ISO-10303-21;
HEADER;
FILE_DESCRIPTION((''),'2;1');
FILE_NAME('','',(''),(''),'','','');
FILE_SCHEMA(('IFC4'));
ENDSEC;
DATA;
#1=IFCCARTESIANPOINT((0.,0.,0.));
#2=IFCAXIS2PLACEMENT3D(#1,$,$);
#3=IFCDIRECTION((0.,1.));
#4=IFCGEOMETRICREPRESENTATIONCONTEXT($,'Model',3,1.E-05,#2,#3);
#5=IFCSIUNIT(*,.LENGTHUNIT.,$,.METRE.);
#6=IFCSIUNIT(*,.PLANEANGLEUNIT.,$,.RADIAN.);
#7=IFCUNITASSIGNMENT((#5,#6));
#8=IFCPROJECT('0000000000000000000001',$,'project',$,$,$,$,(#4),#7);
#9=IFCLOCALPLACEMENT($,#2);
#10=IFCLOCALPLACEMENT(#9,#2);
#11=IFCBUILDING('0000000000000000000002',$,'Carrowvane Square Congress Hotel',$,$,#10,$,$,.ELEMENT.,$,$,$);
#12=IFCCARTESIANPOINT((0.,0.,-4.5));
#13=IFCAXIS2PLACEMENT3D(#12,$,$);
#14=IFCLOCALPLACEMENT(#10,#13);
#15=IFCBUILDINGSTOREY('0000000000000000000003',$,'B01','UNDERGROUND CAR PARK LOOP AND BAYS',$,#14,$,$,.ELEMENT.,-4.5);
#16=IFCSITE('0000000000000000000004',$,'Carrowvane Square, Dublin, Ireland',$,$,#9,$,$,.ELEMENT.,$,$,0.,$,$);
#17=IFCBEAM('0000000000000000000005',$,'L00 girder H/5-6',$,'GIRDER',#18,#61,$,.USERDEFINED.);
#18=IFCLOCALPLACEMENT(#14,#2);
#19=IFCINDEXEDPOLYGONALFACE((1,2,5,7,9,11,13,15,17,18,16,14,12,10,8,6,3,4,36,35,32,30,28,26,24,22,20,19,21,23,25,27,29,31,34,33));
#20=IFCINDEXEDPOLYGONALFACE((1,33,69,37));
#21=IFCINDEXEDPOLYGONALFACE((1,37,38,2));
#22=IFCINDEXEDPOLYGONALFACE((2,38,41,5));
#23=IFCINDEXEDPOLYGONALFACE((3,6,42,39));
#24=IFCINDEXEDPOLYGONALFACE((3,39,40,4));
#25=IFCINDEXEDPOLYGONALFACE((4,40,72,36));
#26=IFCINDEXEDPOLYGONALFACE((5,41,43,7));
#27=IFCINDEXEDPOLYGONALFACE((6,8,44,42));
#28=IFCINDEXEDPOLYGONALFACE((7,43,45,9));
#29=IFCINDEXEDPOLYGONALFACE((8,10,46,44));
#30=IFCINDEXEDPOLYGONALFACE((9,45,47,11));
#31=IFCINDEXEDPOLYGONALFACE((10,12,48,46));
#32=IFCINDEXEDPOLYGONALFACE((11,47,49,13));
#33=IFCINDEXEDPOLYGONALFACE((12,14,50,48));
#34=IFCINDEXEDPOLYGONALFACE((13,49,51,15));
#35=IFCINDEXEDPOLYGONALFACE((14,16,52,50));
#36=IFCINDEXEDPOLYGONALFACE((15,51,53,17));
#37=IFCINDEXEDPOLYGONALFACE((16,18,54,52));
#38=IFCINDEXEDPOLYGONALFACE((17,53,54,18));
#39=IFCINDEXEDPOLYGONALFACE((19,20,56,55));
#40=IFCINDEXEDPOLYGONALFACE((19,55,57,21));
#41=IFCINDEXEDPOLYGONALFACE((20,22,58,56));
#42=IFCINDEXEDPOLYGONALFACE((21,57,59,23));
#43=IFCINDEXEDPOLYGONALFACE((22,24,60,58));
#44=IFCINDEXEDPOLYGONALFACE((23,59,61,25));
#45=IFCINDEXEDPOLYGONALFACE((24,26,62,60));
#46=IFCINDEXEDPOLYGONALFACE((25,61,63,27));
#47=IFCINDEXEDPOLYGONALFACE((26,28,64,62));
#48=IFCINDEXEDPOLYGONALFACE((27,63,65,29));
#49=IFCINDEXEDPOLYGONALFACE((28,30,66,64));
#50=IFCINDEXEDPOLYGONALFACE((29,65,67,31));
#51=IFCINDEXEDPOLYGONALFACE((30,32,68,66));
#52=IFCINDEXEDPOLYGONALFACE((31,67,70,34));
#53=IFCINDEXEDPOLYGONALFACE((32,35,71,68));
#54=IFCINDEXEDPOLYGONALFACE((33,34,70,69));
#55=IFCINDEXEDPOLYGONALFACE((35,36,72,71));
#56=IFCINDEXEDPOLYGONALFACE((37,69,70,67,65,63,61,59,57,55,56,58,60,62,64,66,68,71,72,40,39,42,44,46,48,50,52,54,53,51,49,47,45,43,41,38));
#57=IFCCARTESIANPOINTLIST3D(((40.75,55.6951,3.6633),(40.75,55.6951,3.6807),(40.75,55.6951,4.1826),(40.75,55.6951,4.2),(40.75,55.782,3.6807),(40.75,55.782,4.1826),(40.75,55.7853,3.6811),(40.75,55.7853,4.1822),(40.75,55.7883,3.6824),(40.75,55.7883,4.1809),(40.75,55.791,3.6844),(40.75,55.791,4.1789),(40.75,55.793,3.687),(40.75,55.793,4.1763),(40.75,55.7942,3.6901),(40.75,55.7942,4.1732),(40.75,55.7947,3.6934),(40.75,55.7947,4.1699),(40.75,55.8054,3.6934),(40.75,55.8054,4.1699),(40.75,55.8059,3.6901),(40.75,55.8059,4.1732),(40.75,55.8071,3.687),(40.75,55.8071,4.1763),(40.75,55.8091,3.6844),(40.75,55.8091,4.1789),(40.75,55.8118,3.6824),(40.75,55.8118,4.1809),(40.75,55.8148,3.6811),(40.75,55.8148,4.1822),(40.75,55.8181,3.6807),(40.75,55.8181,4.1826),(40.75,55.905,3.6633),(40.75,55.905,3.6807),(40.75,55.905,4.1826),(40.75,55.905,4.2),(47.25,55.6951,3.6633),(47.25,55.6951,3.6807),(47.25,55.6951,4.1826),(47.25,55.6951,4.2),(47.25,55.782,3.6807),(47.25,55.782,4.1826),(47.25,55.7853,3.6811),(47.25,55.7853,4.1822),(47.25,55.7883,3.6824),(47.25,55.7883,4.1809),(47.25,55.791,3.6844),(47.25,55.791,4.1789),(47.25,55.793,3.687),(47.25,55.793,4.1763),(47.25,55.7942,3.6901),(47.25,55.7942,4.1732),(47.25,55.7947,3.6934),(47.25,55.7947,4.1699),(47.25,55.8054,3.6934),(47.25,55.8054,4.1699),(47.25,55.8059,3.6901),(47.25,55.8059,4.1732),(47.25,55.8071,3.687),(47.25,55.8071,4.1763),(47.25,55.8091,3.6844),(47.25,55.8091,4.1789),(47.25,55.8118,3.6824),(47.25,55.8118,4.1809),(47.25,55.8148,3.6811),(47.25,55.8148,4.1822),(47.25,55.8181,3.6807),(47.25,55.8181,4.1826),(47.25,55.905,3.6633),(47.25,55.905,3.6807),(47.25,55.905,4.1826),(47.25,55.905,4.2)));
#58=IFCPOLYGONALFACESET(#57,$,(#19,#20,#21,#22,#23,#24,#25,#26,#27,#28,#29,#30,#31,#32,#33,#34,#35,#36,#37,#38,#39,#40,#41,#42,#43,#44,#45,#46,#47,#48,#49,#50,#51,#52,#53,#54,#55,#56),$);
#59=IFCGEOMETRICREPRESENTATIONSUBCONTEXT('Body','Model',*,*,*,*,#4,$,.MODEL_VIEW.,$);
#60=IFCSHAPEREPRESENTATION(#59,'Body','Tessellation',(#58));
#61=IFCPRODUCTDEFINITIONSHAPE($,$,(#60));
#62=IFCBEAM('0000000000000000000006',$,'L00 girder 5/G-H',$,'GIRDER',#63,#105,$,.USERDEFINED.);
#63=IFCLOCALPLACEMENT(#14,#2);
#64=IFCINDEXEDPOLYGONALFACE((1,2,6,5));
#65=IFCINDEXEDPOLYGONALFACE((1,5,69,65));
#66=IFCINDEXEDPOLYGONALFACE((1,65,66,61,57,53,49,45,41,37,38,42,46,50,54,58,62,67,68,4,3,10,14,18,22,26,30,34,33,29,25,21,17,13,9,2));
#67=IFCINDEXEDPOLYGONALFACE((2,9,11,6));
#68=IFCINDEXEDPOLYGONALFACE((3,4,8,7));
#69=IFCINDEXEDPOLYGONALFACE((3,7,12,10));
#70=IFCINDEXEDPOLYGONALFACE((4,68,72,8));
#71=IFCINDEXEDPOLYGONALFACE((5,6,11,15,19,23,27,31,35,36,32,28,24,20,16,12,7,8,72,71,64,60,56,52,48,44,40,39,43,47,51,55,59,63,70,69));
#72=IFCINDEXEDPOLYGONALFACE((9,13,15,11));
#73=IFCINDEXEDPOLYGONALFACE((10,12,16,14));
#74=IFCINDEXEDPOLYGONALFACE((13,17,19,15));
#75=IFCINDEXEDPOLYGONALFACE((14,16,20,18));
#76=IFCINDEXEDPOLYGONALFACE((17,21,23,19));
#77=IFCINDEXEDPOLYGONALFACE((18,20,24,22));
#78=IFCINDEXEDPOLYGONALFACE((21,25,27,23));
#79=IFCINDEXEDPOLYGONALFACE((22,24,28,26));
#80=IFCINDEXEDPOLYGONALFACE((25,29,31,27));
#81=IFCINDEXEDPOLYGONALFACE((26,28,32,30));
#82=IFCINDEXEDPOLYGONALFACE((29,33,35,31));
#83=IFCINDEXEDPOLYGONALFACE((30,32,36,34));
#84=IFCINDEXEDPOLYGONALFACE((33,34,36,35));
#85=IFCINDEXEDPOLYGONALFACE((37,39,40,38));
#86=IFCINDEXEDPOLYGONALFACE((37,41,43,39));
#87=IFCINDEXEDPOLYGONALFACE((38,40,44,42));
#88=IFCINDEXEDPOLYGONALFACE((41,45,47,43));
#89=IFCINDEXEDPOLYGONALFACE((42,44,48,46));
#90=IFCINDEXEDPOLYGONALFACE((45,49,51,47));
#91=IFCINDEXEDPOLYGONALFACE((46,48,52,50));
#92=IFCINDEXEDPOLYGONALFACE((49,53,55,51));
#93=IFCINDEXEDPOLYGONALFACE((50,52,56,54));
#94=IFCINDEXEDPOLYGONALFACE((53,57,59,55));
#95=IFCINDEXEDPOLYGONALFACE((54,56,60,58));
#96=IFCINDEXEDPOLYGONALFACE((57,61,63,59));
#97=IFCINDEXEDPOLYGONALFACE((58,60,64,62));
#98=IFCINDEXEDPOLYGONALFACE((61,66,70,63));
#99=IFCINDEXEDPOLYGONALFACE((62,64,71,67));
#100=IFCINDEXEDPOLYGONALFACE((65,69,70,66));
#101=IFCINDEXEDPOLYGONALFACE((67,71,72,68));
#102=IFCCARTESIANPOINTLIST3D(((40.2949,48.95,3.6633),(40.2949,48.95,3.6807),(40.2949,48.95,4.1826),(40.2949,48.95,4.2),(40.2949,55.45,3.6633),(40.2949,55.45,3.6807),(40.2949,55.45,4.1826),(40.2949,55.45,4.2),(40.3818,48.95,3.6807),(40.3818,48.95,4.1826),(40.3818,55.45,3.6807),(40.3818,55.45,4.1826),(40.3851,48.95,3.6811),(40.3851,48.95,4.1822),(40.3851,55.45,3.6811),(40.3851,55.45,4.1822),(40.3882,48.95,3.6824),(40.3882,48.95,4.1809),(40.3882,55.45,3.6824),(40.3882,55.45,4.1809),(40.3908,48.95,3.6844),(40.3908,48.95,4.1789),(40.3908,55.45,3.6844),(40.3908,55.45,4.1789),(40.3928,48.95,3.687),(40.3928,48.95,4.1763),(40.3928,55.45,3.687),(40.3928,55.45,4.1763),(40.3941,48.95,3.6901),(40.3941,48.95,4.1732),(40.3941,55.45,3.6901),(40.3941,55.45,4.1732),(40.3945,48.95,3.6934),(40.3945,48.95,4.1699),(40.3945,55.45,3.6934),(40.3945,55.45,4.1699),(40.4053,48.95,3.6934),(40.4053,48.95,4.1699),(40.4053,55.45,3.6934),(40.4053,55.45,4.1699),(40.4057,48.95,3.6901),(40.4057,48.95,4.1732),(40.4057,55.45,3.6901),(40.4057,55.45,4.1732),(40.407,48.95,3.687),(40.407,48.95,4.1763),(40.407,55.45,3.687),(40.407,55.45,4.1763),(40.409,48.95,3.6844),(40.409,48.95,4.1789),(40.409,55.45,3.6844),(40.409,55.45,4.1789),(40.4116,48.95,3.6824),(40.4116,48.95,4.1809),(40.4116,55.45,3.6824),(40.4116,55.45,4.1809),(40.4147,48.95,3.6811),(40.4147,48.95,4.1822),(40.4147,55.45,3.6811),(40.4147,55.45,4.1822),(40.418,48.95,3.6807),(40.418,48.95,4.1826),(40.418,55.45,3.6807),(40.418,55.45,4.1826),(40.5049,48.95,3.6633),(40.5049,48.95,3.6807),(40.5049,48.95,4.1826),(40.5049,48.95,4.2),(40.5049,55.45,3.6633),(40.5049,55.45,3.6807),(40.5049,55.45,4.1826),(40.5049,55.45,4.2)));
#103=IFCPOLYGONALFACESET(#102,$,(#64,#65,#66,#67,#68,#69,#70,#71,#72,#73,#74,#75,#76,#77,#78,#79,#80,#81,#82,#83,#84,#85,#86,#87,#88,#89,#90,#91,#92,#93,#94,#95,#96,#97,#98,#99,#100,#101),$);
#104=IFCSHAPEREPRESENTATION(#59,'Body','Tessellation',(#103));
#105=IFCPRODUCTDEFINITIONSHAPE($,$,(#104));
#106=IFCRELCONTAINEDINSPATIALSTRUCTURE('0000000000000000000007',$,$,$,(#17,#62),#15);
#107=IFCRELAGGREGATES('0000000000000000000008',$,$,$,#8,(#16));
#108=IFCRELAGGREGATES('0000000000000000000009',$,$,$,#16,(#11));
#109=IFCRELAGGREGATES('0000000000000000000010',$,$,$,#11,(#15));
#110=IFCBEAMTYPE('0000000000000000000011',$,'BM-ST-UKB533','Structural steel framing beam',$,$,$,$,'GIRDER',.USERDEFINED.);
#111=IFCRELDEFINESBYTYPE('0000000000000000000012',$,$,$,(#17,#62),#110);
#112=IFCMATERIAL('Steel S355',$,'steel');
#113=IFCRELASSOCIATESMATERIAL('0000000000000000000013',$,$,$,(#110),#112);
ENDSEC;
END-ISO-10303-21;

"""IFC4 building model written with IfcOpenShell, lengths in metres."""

from ifc_helpers import new_model, si_unit, direction, frame, origin, origin_2d, place, context, subcontext, project, spatial, i_section, extrude, material, material_profile, profile_set, type_object, element, save


model = new_model("IFC4")

# Units and contexts
model_context = context("Model", 3, precision=1e-05, world=origin(), true_north=direction((0.0, 1.0)))
body_context = subcontext(model_context, "Body", "Model", "MODEL_VIEW")
ifc_project = project(units=[si_unit("LENGTHUNIT", "METRE"), si_unit("PLANEANGLEUNIT", "RADIAN")], contexts=[model_context])

# Site, building, storey
site_placement = place(None, origin())
site = spatial("IfcSite", under=ifc_project, at=site_placement, Name="Carrowvane Square, Dublin, Ireland", CompositionType="ELEMENT", RefElevation=0.0)
building_placement = place(site_placement, origin())
building = spatial("IfcBuilding", under=site, at=building_placement, Name="Carrowvane Square Congress Hotel", CompositionType="ELEMENT")
storey_placement = place(building_placement, frame((0.0, 0.0, -4.5)))
storey = spatial("IfcBuildingStorey", under=building, at=storey_placement, Name="B01", Description="UNDERGROUND CAR PARK LOOP AND BAYS", CompositionType="ELEMENT", Elevation=-4.5)

# Beams
ifc_material_1 = material(Name="Steel S355", Category="steel")
ifc_material_profile_1 = material_profile(ifc_material_1, i_section(OverallWidth=0.21, OverallDepth=0.5366, WebThickness=0.0107, FlangeThickness=0.0173, FilletRadius=0.0127, at=origin_2d()), Name="UKB 533x210x101")
ifc_profile_set_1 = profile_set([ifc_material_profile_1], Name="Steel S355")
beam_type_1 = type_object("IfcBeamType", Name="BM-ST-UKB533", Description="Structural steel framing beam", ElementType="GIRDER", PredefinedType="USERDEFINED", material=ifc_profile_set_1)
for number, where, z_axis, x_axis, name in (
    (1, (40.75, 55.8, 3.9316), (1.0, 0.0, 0.0), (0.0, 1.0, 0.0), "L00 girder H/5-6"),
    (2, (40.3999, 48.95, 3.9316), (0.0, 1.0, 0.0), (-1.0, 0.0, 0.0), "L00 girder 5/G-H"),
):
    element("IfcBeam", number, at=place(storey_placement, frame(where, z_axis=z_axis, x_axis=x_axis)), inside=storey, type_object=beam_type_1, Name=name, ObjectType="GIRDER", PredefinedType="USERDEFINED", context=body_context, shape_type="SweptSolid", body=[
        extrude(i_section(OverallWidth=0.21, OverallDepth=0.5366, WebThickness=0.0107, FlangeThickness=0.0173, FilletRadius=0.0127, at=origin_2d()), origin(), (0.0, 0.0, 1.0), 6.5),
    ])

save(model, "model.ifc")
